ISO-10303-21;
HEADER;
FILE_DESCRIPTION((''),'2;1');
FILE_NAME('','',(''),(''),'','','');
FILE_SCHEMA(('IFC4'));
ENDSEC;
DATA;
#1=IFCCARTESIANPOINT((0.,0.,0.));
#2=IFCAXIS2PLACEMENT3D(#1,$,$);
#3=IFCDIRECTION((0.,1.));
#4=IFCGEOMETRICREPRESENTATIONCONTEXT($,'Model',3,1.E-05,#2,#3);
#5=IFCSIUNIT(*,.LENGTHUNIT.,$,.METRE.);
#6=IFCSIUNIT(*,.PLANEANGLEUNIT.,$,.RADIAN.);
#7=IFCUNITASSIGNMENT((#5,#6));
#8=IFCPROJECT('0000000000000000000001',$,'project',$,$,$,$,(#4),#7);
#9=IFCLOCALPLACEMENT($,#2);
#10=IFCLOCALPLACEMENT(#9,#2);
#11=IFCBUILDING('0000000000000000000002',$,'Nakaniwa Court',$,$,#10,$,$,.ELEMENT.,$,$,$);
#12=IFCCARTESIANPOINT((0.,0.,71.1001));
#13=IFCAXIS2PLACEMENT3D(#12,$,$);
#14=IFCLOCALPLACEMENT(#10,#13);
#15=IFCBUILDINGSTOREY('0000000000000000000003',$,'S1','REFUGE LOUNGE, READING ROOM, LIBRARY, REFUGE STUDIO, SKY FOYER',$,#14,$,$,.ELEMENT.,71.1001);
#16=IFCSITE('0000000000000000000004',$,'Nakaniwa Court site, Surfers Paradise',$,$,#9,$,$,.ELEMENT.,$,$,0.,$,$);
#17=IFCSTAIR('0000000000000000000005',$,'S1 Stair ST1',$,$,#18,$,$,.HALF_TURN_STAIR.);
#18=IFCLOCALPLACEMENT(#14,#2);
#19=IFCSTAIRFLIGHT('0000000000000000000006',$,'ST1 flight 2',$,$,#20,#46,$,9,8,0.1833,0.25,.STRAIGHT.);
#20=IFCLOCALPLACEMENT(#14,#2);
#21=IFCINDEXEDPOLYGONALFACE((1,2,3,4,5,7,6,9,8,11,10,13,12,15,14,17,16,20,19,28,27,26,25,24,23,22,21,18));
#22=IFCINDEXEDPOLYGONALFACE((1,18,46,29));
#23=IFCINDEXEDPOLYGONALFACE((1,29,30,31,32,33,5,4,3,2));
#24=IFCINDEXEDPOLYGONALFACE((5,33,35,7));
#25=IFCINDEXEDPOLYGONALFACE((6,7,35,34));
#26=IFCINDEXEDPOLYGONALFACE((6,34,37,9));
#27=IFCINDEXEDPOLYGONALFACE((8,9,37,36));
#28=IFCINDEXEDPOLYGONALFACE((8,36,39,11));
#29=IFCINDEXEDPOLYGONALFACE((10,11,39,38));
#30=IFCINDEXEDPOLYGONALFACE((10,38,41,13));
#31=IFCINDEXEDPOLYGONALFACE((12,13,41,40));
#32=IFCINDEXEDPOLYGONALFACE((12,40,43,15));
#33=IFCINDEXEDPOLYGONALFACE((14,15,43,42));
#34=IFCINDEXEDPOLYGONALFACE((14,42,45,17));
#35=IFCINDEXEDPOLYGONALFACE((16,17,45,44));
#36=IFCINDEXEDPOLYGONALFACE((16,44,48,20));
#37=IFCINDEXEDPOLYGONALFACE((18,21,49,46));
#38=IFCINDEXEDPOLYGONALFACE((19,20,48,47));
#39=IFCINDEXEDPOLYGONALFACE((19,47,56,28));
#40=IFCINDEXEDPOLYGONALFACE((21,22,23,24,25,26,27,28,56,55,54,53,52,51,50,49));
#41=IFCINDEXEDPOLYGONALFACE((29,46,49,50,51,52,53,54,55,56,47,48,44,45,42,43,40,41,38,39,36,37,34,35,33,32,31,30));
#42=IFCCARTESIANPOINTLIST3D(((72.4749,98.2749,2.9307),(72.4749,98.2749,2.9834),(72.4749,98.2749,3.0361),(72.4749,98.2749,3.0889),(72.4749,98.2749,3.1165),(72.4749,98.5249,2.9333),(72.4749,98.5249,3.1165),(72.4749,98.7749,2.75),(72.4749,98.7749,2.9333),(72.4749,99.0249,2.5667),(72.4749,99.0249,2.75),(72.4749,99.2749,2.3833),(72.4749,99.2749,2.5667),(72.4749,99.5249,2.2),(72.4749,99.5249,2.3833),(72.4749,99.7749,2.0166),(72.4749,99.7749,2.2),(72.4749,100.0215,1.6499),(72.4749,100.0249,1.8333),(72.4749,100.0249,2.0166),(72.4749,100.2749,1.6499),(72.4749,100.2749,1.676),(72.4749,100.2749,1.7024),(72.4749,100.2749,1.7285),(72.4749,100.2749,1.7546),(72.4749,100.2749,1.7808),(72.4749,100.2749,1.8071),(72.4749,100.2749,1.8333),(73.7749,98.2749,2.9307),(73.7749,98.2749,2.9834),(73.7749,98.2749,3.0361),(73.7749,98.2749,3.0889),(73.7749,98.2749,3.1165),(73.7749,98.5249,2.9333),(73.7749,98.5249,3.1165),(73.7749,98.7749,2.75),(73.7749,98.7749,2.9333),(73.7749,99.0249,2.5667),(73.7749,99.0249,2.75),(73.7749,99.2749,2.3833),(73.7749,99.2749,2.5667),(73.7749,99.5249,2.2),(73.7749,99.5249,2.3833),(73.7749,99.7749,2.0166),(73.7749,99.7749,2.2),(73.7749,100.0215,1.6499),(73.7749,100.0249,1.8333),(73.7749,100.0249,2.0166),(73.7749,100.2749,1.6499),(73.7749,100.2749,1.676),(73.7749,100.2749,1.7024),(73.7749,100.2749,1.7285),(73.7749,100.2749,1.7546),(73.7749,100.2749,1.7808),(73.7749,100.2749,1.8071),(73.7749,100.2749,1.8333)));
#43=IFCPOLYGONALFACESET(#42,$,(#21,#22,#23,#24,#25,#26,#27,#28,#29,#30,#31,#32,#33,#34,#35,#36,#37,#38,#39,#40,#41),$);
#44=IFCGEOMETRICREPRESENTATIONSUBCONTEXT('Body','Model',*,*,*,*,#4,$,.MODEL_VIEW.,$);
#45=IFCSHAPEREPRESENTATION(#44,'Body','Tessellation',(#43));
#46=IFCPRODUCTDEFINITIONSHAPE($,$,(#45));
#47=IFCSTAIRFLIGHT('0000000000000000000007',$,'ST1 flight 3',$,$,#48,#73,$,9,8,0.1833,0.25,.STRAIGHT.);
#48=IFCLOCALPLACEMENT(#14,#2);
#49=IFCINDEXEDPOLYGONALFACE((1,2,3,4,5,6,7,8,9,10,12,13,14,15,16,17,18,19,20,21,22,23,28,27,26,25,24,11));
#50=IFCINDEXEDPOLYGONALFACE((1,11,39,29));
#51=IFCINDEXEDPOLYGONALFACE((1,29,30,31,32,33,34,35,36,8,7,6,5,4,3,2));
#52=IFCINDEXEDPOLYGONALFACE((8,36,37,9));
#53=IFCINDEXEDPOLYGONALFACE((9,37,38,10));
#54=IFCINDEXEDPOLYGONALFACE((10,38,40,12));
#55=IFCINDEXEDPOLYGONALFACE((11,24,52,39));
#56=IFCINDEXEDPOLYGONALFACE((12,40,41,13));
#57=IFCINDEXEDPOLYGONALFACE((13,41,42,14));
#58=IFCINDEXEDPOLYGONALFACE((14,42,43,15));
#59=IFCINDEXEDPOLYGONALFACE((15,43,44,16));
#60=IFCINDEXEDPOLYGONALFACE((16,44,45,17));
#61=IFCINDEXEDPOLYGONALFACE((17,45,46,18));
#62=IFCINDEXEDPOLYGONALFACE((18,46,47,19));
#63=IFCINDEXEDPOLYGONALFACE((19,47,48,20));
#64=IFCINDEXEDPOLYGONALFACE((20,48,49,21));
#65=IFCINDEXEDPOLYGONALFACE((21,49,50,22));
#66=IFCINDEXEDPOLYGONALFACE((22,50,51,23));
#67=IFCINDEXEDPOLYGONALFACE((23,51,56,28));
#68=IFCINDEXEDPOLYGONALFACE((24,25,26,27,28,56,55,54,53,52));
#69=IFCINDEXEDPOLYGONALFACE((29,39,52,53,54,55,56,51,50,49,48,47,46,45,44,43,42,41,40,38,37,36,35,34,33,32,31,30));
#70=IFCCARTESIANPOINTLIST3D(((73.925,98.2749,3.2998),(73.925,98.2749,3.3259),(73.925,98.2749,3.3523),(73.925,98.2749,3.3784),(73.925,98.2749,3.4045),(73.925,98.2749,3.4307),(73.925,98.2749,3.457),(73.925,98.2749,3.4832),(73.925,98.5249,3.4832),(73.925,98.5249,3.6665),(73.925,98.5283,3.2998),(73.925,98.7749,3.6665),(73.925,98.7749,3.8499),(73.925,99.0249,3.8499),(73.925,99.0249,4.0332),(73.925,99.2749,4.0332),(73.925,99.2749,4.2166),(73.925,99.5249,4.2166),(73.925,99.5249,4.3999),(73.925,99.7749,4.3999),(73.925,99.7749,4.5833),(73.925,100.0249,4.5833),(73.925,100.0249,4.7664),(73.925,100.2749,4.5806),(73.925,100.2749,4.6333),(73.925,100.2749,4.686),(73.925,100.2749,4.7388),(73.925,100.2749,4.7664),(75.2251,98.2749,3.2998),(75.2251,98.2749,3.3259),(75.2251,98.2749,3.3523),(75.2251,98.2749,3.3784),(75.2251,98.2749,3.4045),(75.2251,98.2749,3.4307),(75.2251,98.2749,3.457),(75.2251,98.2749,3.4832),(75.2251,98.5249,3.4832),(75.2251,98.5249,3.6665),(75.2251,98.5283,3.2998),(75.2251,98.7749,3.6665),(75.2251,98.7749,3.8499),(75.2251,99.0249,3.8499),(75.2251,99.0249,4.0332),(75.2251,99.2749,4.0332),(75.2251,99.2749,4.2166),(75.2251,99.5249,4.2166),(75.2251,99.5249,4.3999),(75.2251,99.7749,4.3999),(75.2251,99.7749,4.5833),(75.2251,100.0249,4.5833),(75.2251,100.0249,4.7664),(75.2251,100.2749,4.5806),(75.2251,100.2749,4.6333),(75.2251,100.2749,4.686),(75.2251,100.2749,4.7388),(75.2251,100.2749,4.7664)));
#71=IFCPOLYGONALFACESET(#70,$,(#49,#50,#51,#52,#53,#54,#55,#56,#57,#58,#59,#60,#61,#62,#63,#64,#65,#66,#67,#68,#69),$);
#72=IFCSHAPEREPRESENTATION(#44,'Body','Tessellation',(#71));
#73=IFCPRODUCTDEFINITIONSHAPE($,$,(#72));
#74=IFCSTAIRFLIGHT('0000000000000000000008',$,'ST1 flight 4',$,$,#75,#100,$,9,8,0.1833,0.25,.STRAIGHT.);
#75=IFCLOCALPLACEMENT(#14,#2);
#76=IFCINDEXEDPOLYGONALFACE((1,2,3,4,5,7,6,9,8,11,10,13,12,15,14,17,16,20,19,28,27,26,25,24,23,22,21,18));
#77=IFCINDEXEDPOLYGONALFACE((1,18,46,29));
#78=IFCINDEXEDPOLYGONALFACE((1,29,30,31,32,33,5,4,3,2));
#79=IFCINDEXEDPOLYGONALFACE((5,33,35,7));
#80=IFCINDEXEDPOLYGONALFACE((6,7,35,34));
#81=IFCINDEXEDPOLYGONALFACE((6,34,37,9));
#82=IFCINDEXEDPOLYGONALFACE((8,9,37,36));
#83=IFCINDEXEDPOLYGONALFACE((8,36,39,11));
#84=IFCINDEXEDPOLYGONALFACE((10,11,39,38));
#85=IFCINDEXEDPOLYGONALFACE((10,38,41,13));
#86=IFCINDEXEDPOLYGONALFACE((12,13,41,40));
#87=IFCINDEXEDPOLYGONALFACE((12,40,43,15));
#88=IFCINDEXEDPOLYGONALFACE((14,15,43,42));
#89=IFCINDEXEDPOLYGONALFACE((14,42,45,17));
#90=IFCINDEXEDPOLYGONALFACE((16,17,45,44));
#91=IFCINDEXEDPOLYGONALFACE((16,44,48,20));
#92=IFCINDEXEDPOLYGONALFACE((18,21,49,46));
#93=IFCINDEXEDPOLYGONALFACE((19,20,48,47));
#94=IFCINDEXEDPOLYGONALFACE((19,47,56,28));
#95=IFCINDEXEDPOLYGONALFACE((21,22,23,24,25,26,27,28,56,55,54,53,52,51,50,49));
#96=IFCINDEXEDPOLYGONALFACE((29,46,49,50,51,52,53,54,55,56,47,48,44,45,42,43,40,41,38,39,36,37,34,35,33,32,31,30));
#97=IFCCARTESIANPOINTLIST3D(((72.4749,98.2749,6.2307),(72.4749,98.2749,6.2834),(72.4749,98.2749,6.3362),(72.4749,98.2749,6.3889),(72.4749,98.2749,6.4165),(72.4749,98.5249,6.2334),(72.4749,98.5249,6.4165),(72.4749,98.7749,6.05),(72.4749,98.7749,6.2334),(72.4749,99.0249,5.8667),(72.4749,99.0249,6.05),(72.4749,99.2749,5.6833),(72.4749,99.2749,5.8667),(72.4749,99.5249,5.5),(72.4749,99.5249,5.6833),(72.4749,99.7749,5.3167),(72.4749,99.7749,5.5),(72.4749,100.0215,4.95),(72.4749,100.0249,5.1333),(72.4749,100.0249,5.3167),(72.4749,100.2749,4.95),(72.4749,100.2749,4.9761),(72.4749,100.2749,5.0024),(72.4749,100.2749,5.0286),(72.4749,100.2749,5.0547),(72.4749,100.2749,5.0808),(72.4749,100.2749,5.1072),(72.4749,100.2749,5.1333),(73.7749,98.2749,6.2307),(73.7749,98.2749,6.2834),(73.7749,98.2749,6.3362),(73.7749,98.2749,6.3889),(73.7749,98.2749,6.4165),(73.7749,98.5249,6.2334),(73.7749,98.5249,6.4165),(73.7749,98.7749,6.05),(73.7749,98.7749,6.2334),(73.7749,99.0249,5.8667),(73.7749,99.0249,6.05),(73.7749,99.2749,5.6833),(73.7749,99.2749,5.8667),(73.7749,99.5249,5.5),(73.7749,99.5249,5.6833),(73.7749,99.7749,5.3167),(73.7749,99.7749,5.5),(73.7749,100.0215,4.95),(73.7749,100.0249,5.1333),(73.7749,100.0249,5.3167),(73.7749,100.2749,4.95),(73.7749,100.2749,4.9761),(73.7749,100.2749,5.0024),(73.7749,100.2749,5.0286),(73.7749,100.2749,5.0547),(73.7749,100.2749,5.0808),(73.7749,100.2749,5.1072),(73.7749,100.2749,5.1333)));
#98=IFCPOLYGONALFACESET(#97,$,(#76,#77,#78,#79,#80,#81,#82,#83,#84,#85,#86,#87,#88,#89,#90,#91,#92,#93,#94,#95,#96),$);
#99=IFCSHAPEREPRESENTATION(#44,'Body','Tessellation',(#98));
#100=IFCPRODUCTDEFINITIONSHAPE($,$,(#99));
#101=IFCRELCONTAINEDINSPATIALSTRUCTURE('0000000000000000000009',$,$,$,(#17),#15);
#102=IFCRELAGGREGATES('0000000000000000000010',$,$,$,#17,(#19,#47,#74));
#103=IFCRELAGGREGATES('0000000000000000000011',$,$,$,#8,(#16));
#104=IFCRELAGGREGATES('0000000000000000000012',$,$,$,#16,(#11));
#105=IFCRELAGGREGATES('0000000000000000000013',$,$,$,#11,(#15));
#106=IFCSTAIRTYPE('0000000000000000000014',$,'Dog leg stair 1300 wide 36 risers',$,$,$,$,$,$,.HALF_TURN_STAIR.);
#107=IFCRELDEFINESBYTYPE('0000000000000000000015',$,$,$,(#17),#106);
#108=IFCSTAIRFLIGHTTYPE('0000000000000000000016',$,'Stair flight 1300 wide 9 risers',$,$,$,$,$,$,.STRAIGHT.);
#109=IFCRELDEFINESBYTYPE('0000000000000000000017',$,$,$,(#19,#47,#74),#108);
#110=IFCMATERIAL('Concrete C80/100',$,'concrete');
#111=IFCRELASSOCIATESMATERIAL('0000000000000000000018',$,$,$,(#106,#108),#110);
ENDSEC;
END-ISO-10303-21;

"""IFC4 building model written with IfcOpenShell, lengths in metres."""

from ifc_helpers import new_model, si_unit, direction, frame, origin, place, context, subcontext, project, spatial, polyline, outline, extrude, material, type_object, element, aggregate, save


model = new_model("IFC4")

# Units and contexts
model_context = context("Model", 3, precision=1e-05, world=origin(), true_north=direction((0.0, 1.0)))
body_context = subcontext(model_context, "Body", "Model", "MODEL_VIEW")
ifc_project = project(units=[si_unit("LENGTHUNIT", "METRE"), si_unit("PLANEANGLEUNIT", "RADIAN")], contexts=[model_context])

# Site, building, storey
site_placement = place(None, origin())
site = spatial("IfcSite", under=ifc_project, at=site_placement, Name="Nakaniwa Court site, Surfers Paradise", CompositionType="ELEMENT", RefElevation=0.0)
building_placement = place(site_placement, origin())
building = spatial("IfcBuilding", under=site, at=building_placement, Name="Nakaniwa Court", CompositionType="ELEMENT")
storey_placement = place(building_placement, frame((0.0, 0.0, 71.1001)))
storey = spatial("IfcBuildingStorey", under=building, at=storey_placement, Name="S1", Description="REFUGE LOUNGE, READING ROOM, LIBRARY, REFUGE STUDIO, SKY FOYER", CompositionType="ELEMENT", Elevation=71.1001)

# Shared definitions
ifc_material_1 = material(Name="Concrete C80/100", Category="concrete")

# Stair, stair flights
stair_type = type_object("IfcStairType", Name="Dog leg stair 1300 wide 36 risers", PredefinedType="HALF_TURN_STAIR", material=ifc_material_1)
stair_placement = place(storey_placement, origin())
stair = element("IfcStair", 1, at=stair_placement, inside=storey, type_object=stair_type, Name="S1 Stair ST1", PredefinedType="HALF_TURN_STAIR")
stair_flight_type = type_object("IfcStairFlightType", Name="Stair flight 1300 wide 9 risers", PredefinedType="STRAIGHT", material=ifc_material_1)
stair_flight_1_placement = place(storey_placement, frame((73.125, 100.2749, 1.6499), z_axis=(0.0, 0.0, 1.0), x_axis=(0.0, -1.0, 0.0)))
stair_flight_1 = element("IfcStairFlight", 2, at=stair_flight_1_placement, type_object=stair_flight_type, Name="ST1 flight 2", NumberOfRisers=9, NumberOfTreads=8, PredefinedType="STRAIGHT", RiserHeight=0.1833, TreadLength=0.25, context=body_context, shape_type="SweptSolid", body=[
    extrude(outline(polyline([(0.0, 0.0), (0.0, 0.0261), (0.0, 0.0525), (0.0, 0.0786), (0.0, 0.1047), (0.0, 0.1309), (0.0, 0.1572), (0.0, 0.1833), (0.25, 0.1833), (0.25, 0.3667), (0.5, 0.3667), (0.5, 0.55), (0.75, 0.55), (0.75, 0.7334), (1.0, 0.7334), (1.0, 0.9167), (1.25, 0.9167), (1.25, 1.1001), (1.5, 1.1001), (1.5, 1.2834), (1.75, 1.2834), (1.75, 1.4666), (2.0, 1.4666), (2.0, 1.6499), (2.0, 1.5972), (2.0, 1.5444), (2.0, 1.4917), (2.0, 1.439), (2.0, 1.3862), (2.0, 1.3335), (2.0, 1.2808), (0.2534, 0.0), (0.0, 0.0)])), frame((0.0, 0.6499, 0.0), z_axis=(0.0, -1.0, 0.0), x_axis=(1.0, 0.0, 0.0)), (0.0, 0.0, 1.0), 1.3),
])
stair_flight_2_placement = place(storey_placement, frame((74.575, 98.2749, 3.2998), z_axis=(0.0, 0.0, 1.0), x_axis=(0.0, 1.0, 0.0)))
stair_flight_2 = element("IfcStairFlight", 3, at=stair_flight_2_placement, type_object=stair_flight_type, Name="ST1 flight 3", NumberOfRisers=9, NumberOfTreads=8, PredefinedType="STRAIGHT", RiserHeight=0.1833, TreadLength=0.25, context=body_context, shape_type="SweptSolid", body=[
    extrude(outline(polyline([(0.0, 0.0), (0.0, 0.0261), (0.0, 0.0525), (0.0, 0.0786), (0.0, 0.1047), (0.0, 0.1309), (0.0, 0.1572), (0.0, 0.1833), (0.25, 0.1833), (0.25, 0.3667), (0.5, 0.3667), (0.5, 0.55), (0.75, 0.55), (0.75, 0.7334), (1.0, 0.7334), (1.0, 0.9167), (1.25, 0.9167), (1.25, 1.1001), (1.5, 1.1001), (1.5, 1.2834), (1.75, 1.2834), (1.75, 1.4666), (2.0, 1.4666), (2.0, 1.6499), (2.0, 1.5972), (2.0, 1.5444), (2.0, 1.4917), (2.0, 1.439), (2.0, 1.3862), (2.0, 1.3335), (2.0, 1.2808), (0.2534, 0.0), (0.0, 0.0)])), frame((0.0, 0.6499, 0.0), z_axis=(0.0, -1.0, 0.0), x_axis=(1.0, 0.0, 0.0)), (0.0, 0.0, 1.0), 1.3),
])
stair_flight_3_placement = place(storey_placement, frame((73.125, 100.2749, 4.95), z_axis=(0.0, 0.0, 1.0), x_axis=(0.0, -1.0, 0.0)))
stair_flight_3 = element("IfcStairFlight", 4, at=stair_flight_3_placement, type_object=stair_flight_type, Name="ST1 flight 4", NumberOfRisers=9, NumberOfTreads=8, PredefinedType="STRAIGHT", RiserHeight=0.1833, TreadLength=0.25, context=body_context, shape_type="SweptSolid", body=[
    extrude(outline(polyline([(0.0, 0.0), (0.0, 0.0261), (0.0, 0.0525), (0.0, 0.0786), (0.0, 0.1047), (0.0, 0.1309), (0.0, 0.1572), (0.0, 0.1833), (0.25, 0.1833), (0.25, 0.3667), (0.5, 0.3667), (0.5, 0.55), (0.75, 0.55), (0.75, 0.7334), (1.0, 0.7334), (1.0, 0.9167), (1.25, 0.9167), (1.25, 1.1001), (1.5, 1.1001), (1.5, 1.2834), (1.75, 1.2834), (1.75, 1.4666), (2.0, 1.4666), (2.0, 1.6499), (2.0, 1.5972), (2.0, 1.5444), (2.0, 1.4917), (2.0, 1.439), (2.0, 1.3862), (2.0, 1.3335), (2.0, 1.2808), (0.2534, 0.0), (0.0, 0.0)])), frame((0.0, 0.6499, 0.0), z_axis=(0.0, -1.0, 0.0), x_axis=(1.0, 0.0, 0.0)), (0.0, 0.0, 1.0), 1.3),
])
aggregate(stair, [stair_flight_1, stair_flight_2, stair_flight_3])

save(model, "model.ifc")
